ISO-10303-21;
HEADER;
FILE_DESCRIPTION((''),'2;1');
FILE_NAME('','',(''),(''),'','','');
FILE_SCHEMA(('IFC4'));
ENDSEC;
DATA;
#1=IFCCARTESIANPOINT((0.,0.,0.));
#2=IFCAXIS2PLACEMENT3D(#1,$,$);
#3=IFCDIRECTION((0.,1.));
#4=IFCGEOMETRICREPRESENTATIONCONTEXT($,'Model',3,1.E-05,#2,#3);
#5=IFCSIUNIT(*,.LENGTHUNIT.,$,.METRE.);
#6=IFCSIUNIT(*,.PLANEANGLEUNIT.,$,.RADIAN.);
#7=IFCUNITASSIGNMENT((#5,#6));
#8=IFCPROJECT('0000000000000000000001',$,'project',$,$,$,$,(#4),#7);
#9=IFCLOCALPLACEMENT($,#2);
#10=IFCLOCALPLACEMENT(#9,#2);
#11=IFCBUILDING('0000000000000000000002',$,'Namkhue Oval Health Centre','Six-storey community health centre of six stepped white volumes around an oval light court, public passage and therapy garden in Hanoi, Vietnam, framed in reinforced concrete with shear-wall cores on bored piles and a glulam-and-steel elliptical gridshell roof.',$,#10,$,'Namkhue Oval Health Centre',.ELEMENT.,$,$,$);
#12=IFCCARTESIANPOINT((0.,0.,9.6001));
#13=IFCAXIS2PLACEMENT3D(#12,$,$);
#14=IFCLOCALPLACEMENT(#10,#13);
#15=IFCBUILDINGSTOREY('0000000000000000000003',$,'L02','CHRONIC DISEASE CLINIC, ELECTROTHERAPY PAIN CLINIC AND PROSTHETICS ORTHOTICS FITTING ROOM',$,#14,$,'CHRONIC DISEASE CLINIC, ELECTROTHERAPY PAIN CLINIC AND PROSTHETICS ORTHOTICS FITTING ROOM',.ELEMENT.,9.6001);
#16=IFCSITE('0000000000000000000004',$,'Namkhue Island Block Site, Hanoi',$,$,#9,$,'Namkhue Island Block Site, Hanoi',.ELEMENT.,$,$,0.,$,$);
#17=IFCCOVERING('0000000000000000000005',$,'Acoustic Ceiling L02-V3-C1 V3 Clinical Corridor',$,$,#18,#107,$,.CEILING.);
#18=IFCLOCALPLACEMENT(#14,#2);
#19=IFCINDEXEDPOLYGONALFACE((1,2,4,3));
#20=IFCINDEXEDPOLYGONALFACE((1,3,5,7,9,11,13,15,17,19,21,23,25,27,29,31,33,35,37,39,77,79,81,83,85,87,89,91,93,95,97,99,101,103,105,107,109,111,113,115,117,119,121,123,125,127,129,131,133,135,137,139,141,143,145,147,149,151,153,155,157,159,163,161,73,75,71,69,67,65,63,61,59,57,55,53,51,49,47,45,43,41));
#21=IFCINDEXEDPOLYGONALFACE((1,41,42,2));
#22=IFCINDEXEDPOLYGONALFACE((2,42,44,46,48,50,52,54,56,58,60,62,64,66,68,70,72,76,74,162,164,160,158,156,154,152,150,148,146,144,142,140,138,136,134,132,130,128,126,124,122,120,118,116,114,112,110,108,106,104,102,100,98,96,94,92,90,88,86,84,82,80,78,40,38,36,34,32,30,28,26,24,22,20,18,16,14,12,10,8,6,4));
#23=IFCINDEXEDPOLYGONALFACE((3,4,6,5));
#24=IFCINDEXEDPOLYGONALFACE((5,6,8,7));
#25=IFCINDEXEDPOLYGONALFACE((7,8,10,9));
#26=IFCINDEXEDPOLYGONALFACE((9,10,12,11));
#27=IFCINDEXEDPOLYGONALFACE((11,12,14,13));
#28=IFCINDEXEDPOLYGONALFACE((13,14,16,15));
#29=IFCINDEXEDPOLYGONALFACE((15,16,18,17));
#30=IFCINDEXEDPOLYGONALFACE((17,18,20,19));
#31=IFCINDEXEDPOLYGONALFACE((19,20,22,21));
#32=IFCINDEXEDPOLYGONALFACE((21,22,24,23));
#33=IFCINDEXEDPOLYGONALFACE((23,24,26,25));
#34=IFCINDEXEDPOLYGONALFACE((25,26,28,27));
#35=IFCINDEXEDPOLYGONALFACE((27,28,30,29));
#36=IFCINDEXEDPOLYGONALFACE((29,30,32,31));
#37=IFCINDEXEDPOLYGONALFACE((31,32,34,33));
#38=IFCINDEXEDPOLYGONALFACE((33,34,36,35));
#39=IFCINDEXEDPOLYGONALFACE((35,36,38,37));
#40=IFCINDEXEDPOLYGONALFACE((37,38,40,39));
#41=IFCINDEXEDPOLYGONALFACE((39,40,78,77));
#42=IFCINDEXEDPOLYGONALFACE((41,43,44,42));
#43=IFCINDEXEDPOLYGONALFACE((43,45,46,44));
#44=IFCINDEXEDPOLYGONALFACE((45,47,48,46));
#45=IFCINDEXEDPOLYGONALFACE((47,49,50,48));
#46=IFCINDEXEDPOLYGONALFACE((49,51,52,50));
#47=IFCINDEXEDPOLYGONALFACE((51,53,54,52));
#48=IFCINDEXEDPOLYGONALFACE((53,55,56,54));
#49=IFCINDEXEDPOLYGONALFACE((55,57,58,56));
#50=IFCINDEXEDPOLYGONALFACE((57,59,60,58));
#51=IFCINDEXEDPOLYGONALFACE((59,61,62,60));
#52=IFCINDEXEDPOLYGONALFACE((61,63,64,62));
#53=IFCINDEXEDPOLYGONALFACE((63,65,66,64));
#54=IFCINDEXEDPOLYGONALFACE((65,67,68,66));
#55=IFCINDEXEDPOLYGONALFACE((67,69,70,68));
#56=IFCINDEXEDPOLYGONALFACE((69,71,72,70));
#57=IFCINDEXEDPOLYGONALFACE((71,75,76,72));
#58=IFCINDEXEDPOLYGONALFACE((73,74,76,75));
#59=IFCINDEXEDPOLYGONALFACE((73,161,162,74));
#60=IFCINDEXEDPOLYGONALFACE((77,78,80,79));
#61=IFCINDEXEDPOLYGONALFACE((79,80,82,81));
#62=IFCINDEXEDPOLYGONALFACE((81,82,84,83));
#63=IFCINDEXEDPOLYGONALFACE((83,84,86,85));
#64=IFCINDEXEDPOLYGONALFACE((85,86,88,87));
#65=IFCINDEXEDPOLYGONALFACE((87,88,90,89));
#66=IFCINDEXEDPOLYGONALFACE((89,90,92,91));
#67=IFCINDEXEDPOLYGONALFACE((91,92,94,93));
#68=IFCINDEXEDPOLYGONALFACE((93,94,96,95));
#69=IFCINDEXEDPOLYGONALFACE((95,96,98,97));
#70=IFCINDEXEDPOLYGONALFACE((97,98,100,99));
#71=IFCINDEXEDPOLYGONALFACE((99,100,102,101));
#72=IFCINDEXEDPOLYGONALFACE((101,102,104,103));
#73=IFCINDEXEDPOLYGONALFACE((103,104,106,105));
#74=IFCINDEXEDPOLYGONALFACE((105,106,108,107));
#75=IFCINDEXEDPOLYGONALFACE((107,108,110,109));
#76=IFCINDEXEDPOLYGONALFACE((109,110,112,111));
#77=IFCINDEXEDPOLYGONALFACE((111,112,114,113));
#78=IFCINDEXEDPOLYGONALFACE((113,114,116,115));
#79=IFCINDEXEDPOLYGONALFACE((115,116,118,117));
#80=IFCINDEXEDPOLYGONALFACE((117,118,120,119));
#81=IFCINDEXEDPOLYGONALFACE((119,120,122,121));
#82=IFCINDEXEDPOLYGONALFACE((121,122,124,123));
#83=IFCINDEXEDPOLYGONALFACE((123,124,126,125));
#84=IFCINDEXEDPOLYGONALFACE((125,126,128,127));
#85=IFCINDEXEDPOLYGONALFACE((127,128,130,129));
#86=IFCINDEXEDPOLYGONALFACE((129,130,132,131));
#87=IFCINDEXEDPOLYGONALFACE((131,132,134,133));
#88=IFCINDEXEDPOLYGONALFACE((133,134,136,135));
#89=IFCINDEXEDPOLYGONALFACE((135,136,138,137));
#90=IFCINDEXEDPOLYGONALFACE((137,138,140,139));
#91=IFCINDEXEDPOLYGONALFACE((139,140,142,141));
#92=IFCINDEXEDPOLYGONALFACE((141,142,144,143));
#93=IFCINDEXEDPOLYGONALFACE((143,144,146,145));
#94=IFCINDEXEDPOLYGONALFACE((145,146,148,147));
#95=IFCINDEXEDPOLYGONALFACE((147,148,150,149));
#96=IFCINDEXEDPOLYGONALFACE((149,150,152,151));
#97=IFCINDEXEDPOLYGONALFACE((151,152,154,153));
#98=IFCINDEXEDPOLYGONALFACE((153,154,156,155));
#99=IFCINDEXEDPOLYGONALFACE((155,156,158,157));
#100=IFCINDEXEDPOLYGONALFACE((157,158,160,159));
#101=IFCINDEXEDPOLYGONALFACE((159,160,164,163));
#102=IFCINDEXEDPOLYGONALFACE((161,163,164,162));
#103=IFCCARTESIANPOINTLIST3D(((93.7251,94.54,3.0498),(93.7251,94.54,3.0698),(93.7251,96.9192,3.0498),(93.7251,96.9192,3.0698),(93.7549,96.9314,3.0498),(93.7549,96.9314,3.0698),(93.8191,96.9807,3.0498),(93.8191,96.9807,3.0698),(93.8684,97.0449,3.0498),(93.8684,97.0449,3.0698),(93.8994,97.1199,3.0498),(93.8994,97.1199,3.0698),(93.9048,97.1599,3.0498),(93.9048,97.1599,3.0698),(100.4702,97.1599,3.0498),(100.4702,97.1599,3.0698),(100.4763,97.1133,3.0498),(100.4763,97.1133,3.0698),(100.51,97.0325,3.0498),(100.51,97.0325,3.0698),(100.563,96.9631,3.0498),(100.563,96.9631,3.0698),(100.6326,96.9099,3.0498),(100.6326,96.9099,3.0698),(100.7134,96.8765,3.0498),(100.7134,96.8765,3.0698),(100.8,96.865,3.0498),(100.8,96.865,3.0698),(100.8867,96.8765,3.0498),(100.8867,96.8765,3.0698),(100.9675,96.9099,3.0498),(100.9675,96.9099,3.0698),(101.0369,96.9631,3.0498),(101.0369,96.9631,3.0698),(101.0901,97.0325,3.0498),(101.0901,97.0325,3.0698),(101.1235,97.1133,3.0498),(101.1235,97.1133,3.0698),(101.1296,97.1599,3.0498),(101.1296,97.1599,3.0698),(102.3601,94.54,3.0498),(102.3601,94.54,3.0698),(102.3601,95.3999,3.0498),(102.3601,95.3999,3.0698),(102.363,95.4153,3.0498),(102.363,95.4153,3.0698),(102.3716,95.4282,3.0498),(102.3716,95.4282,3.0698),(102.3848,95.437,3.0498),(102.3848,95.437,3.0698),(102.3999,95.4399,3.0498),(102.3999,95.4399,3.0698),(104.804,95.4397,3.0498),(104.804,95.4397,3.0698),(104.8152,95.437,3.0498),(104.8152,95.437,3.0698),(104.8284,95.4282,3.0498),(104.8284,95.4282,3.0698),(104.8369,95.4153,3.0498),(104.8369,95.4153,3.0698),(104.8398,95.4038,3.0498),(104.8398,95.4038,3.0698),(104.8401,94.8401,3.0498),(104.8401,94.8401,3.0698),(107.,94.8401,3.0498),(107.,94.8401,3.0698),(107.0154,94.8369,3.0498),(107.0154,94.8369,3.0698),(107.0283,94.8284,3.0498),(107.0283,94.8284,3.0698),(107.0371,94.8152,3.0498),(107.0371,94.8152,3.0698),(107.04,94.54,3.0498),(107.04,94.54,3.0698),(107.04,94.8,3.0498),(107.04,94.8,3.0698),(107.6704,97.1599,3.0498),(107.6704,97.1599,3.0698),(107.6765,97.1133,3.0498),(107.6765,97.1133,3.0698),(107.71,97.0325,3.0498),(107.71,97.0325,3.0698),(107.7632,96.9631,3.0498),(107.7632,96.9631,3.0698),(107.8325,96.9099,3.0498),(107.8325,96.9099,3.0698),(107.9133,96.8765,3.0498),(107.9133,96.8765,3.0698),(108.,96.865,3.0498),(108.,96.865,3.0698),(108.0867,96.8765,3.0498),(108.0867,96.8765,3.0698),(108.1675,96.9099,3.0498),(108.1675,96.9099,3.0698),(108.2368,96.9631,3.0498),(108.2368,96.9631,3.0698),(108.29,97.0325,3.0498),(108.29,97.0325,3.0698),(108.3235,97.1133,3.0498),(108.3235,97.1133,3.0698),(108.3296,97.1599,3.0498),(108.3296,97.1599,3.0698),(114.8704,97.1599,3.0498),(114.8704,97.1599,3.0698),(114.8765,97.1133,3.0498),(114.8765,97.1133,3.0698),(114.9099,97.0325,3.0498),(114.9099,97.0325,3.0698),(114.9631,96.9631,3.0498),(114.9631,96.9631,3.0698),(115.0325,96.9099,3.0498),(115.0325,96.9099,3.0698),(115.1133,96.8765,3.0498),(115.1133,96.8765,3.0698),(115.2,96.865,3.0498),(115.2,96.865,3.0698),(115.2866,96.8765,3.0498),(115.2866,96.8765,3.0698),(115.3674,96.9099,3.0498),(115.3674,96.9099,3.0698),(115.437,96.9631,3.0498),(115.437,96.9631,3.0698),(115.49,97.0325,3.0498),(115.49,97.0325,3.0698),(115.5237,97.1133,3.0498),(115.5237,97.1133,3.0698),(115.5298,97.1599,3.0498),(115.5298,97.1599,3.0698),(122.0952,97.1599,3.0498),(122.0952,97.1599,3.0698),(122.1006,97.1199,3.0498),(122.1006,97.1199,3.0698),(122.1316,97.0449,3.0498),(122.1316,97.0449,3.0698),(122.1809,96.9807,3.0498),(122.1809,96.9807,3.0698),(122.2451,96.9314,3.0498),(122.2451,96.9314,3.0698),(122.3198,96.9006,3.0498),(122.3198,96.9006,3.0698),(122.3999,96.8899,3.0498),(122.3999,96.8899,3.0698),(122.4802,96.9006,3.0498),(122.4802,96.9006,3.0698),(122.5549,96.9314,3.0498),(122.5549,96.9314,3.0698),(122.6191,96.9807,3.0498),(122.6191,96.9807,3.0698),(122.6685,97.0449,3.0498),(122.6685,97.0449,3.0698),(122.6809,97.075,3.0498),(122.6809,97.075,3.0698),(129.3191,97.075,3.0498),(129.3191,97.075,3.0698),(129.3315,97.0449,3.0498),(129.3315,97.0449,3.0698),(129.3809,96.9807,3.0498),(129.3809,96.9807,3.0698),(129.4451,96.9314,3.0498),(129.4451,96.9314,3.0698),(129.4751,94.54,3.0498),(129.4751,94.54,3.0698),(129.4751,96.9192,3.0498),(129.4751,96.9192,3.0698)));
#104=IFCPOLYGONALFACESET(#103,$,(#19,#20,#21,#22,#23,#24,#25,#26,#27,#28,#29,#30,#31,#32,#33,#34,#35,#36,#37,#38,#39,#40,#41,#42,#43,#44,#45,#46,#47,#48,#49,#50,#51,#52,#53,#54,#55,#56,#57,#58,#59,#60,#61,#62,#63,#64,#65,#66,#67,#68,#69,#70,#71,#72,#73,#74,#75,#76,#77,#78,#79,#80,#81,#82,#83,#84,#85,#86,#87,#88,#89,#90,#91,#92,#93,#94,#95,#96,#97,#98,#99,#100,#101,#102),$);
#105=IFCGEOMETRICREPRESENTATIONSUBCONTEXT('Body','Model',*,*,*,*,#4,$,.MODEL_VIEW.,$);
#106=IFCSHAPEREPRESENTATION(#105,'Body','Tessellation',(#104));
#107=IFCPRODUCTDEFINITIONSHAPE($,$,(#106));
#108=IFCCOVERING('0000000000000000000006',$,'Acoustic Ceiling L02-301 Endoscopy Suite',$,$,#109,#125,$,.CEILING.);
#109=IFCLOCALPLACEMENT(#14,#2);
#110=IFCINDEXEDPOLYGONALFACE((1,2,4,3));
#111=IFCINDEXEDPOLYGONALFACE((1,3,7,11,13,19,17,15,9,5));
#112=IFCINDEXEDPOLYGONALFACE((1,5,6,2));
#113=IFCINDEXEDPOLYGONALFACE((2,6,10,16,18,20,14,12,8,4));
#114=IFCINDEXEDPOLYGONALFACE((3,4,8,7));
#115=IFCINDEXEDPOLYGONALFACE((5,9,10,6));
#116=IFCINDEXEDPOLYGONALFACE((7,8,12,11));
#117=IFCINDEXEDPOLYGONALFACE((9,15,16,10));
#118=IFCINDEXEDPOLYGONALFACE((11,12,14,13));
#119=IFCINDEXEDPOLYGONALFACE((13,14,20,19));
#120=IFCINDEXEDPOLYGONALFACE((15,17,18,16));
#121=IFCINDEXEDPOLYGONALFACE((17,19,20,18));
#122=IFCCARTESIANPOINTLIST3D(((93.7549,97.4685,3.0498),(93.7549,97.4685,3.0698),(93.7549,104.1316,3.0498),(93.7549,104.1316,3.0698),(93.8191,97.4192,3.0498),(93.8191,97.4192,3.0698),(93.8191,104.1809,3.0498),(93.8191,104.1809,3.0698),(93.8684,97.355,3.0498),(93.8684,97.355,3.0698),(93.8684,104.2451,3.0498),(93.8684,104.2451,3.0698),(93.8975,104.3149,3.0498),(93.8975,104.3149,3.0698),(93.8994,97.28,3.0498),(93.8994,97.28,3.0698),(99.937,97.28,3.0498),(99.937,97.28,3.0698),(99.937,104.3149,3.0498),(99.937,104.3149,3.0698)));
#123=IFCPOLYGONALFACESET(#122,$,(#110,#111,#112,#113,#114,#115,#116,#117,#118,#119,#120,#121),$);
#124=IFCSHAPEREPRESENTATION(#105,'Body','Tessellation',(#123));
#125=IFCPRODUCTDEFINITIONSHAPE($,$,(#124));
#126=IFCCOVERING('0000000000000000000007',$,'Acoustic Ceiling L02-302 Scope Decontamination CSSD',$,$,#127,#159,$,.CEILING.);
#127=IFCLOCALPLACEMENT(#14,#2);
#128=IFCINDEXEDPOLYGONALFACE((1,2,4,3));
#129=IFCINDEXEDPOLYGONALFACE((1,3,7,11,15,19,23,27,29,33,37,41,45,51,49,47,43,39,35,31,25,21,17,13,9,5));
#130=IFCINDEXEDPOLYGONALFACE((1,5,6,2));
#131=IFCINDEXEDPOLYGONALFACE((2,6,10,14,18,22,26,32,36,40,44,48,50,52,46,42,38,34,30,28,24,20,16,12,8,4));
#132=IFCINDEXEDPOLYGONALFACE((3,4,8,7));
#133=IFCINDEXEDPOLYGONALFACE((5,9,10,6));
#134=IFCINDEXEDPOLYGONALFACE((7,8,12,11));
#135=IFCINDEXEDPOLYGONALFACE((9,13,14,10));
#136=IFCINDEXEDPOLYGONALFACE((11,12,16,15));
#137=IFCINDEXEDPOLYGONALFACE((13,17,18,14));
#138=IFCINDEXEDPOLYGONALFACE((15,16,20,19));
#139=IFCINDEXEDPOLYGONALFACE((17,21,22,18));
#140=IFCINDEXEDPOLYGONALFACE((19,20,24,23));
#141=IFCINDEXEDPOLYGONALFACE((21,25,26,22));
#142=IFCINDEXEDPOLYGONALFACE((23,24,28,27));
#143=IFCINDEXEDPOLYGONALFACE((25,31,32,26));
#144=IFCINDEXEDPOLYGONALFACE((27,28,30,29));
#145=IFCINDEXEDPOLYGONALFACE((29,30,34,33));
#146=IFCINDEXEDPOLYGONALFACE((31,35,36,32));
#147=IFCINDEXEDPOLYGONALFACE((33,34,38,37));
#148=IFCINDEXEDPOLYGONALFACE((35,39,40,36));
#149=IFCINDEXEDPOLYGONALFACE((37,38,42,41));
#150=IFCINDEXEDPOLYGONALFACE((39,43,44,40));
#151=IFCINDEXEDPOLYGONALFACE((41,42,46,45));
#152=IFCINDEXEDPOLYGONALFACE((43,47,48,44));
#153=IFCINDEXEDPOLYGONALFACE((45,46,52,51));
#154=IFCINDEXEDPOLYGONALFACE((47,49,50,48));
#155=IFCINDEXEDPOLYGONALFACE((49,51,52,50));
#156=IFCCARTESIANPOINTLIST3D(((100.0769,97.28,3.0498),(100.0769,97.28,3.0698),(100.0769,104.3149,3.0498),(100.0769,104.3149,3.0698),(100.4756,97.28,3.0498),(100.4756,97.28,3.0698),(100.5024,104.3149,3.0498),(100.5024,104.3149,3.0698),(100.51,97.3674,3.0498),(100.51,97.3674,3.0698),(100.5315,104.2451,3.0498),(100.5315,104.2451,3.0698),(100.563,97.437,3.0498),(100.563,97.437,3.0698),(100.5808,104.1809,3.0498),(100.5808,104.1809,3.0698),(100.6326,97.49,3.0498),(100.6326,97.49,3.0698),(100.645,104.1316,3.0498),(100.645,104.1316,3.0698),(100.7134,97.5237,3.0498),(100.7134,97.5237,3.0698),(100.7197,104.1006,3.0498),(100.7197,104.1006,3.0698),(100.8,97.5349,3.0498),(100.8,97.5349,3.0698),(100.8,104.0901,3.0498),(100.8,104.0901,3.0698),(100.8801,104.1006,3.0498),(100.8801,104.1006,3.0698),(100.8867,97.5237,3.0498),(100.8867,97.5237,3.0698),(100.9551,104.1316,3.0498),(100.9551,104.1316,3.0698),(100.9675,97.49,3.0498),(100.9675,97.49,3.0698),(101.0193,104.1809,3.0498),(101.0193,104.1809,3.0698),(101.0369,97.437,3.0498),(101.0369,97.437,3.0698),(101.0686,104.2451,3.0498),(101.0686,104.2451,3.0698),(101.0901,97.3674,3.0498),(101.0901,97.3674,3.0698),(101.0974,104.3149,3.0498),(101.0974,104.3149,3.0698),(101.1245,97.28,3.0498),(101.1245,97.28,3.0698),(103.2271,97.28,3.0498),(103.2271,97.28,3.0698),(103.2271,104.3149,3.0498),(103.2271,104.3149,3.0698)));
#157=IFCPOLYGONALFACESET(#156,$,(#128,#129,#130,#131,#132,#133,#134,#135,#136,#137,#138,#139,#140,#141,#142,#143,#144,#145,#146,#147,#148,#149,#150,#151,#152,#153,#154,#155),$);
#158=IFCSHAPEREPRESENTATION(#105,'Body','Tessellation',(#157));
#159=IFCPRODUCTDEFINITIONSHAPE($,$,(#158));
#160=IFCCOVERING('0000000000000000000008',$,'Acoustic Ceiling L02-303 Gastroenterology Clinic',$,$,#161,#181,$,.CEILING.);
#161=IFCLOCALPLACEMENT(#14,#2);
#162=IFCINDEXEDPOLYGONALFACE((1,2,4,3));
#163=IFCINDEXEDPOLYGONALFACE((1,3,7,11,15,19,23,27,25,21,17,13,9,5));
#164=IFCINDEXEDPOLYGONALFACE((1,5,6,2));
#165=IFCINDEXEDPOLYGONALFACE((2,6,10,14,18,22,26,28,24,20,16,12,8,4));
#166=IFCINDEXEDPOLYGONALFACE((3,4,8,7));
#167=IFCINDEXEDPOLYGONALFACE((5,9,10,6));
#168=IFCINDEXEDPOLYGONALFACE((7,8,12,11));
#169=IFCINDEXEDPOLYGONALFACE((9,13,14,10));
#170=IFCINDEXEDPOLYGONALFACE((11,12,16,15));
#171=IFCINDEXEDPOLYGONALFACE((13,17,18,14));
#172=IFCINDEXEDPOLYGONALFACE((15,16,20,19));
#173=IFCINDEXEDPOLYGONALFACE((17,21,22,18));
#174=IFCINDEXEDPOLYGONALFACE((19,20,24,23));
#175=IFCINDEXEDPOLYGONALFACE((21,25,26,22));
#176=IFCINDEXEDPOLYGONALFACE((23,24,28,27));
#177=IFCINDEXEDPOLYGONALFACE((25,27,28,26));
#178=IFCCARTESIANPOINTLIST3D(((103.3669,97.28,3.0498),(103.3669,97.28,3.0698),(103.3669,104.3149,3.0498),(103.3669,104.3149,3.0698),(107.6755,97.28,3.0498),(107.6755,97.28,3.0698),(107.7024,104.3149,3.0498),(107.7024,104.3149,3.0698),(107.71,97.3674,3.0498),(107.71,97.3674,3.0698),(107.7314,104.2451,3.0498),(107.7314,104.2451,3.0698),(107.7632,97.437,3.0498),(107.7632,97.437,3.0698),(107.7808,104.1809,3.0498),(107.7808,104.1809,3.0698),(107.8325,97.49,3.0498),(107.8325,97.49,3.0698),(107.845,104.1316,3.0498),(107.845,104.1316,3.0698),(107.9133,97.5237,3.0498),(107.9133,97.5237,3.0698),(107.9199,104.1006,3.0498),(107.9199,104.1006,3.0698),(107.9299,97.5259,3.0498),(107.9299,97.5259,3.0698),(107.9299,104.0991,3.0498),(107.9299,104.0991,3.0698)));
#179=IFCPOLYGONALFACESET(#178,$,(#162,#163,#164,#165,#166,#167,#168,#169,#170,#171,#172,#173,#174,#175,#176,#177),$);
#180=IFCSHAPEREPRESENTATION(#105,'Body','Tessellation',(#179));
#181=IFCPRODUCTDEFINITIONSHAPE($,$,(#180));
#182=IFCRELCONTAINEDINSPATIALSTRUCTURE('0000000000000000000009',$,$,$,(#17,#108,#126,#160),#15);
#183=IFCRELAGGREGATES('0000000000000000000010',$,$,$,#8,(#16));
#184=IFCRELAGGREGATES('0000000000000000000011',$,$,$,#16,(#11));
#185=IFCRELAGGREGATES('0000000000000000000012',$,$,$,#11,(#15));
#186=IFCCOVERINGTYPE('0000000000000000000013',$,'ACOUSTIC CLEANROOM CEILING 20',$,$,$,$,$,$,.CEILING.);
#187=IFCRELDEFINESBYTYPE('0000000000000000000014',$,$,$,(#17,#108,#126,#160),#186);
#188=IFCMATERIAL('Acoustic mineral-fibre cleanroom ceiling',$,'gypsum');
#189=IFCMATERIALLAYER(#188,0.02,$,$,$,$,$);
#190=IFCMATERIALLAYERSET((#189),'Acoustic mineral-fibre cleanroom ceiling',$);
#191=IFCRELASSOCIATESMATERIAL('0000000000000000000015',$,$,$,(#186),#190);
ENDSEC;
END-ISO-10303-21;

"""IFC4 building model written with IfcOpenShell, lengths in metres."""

from ifc_helpers import new_model, si_unit, direction, frame, origin, place, context, subcontext, project, spatial, polyline, outline, extrude, material, layer, layer_set, type_object, element, save


model = new_model("IFC4")

# Units and contexts
model_context = context("Model", 3, precision=1e-05, world=origin(), true_north=direction((0.0, 1.0)))
body_context = subcontext(model_context, "Body", "Model", "MODEL_VIEW")
ifc_project = project(units=[si_unit("LENGTHUNIT", "METRE"), si_unit("PLANEANGLEUNIT", "RADIAN")], contexts=[model_context])

# Site, building, storey
site_placement = place(None, origin())
site = spatial("IfcSite", under=ifc_project, at=site_placement, Name="Namkhue Island Block Site, Hanoi", LongName="Namkhue Island Block Site, Hanoi", CompositionType="ELEMENT", RefElevation=0.0)
building_placement = place(site_placement, origin())
building = spatial("IfcBuilding", under=site, at=building_placement, Name="Namkhue Oval Health Centre", Description="Six-storey community health centre of six stepped white volumes around an oval light court, public passage and therapy garden in Hanoi, Vietnam, framed in reinforced concrete with shear-wall cores on bored piles and a glulam-and-steel elliptical gridshell roof.", LongName="Namkhue Oval Health Centre", CompositionType="ELEMENT")
storey_placement = place(building_placement, frame((0.0, 0.0, 9.6001)))
storey = spatial("IfcBuildingStorey", under=building, at=storey_placement, Name="L02", Description="CHRONIC DISEASE CLINIC, ELECTROTHERAPY PAIN CLINIC AND PROSTHETICS ORTHOTICS FITTING ROOM", LongName="CHRONIC DISEASE CLINIC, ELECTROTHERAPY PAIN CLINIC AND PROSTHETICS ORTHOTICS FITTING ROOM", CompositionType="ELEMENT", Elevation=9.6001)

# Coverings
ifc_material = material(Name="Acoustic mineral-fibre cleanroom ceiling", Category="gypsum")
ifc_layer = layer(ifc_material, 0.02)
ifc_layer_set = layer_set([ifc_layer], Name="Acoustic mineral-fibre cleanroom ceiling")
covering_type = type_object("IfcCoveringType", Name="ACOUSTIC CLEANROOM CEILING 20", PredefinedType="CEILING", material=ifc_layer_set)
covering_1_placement = place(storey_placement, frame((0.0, 0.0, 3.0498)))
element("IfcCovering", 1, at=covering_1_placement, inside=storey, type_object=covering_type, Name="Acoustic Ceiling L02-V3-C1 V3 Clinical Corridor", PredefinedType="CEILING", context=body_context, shape_type="SweptSolid", body=[
    extrude(outline(polyline([(107.04, 94.8), (107.0371, 94.8152), (107.0283, 94.8284), (107.0154, 94.8369), (107.0, 94.8401), (104.8401, 94.8401), (104.8398, 95.4038), (104.8369, 95.4153), (104.8284, 95.4282), (104.8152, 95.437), (104.804, 95.4397), (102.3999, 95.4399), (102.3848, 95.437), (102.3716, 95.4282), (102.363, 95.4153), (102.3601, 95.3999), (102.3601, 94.54), (93.7251, 94.54), (93.7251, 96.9192), (93.7549, 96.9314), (93.8191, 96.9807), (93.8684, 97.0449), (93.8994, 97.1199), (93.9048, 97.1599), (100.4702, 97.1599), (100.4763, 97.1133), (100.51, 97.0325), (100.563, 96.9631), (100.6326, 96.9099), (100.7134, 96.8765), (100.8, 96.865), (100.8867, 96.8765), (100.9675, 96.9099), (101.0369, 96.9631), (101.0901, 97.0325), (101.1235, 97.1133), (101.1296, 97.1599), (107.6704, 97.1599), (107.6765, 97.1133), (107.71, 97.0325), (107.7632, 96.9631), (107.8325, 96.9099), (107.9133, 96.8765), (108.0, 96.865), (108.0867, 96.8765), (108.1675, 96.9099), (108.2368, 96.9631), (108.29, 97.0325), (108.3235, 97.1133), (108.3296, 97.1599), (114.8704, 97.1599), (114.8765, 97.1133), (114.9099, 97.0325), (114.9631, 96.9631), (115.0325, 96.9099), (115.1133, 96.8765), (115.2, 96.865), (115.2866, 96.8765), (115.3674, 96.9099), (115.437, 96.9631), (115.49, 97.0325), (115.5237, 97.1133), (115.5298, 97.1599), (122.0952, 97.1599), (122.1006, 97.1199), (122.1316, 97.0449), (122.1809, 96.9807), (122.2451, 96.9314), (122.3198, 96.9006), (122.3999, 96.8899), (122.4802, 96.9006), (122.5549, 96.9314), (122.6191, 96.9807), (122.6685, 97.0449), (122.6809, 97.075), (129.3191, 97.075), (129.3315, 97.0449), (129.3809, 96.9807), (129.4451, 96.9314), (129.4751, 96.9192), (129.4751, 94.54), (107.04, 94.54), (107.04, 94.8)])), origin(), (0.0, 0.0, 1.0), 0.02),
])
covering_2_placement = place(storey_placement, frame((0.0, 0.0, 3.0498)))
element("IfcCovering", 2, at=covering_2_placement, inside=storey, type_object=covering_type, Name="Acoustic Ceiling L02-301 Endoscopy Suite", PredefinedType="CEILING", context=body_context, shape_type="SweptSolid", body=[
    extrude(outline(polyline([(93.8994, 97.28), (93.8684, 97.355), (93.8191, 97.4192), (93.7549, 97.4685), (93.7549, 104.1316), (93.8191, 104.1809), (93.8684, 104.2451), (93.8975, 104.3149), (99.937, 104.3149), (99.937, 97.28), (93.8994, 97.28)])), origin(), (0.0, 0.0, 1.0), 0.02),
])
covering_3_placement = place(storey_placement, frame((0.0, 0.0, 3.0498)))
element("IfcCovering", 3, at=covering_3_placement, inside=storey, type_object=covering_type, Name="Acoustic Ceiling L02-302 Scope Decontamination CSSD", PredefinedType="CEILING", context=body_context, shape_type="SweptSolid", body=[
    extrude(outline(polyline([(101.1245, 97.28), (101.0901, 97.3674), (101.0369, 97.437), (100.9675, 97.49), (100.8867, 97.5237), (100.8, 97.5349), (100.7134, 97.5237), (100.6326, 97.49), (100.563, 97.437), (100.51, 97.3674), (100.4756, 97.28), (100.0769, 97.28), (100.0769, 104.3149), (100.5024, 104.3149), (100.5315, 104.2451), (100.5808, 104.1809), (100.645, 104.1316), (100.7197, 104.1006), (100.8, 104.0901), (100.8801, 104.1006), (100.9551, 104.1316), (101.0193, 104.1809), (101.0686, 104.2451), (101.0974, 104.3149), (103.2271, 104.3149), (103.2271, 97.28), (101.1245, 97.28)])), origin(), (0.0, 0.0, 1.0), 0.02),
])
covering_4_placement = place(storey_placement, frame((0.0, 0.0, 3.0498)))
element("IfcCovering", 4, at=covering_4_placement, inside=storey, type_object=covering_type, Name="Acoustic Ceiling L02-303 Gastroenterology Clinic", PredefinedType="CEILING", context=body_context, shape_type="SweptSolid", body=[
    extrude(outline(polyline([(103.3669, 97.28), (103.3669, 104.3149), (107.7024, 104.3149), (107.7314, 104.2451), (107.7808, 104.1809), (107.845, 104.1316), (107.9199, 104.1006), (107.9299, 104.0991), (107.9299, 97.5259), (107.9133, 97.5237), (107.8325, 97.49), (107.7632, 97.437), (107.71, 97.3674), (107.6755, 97.28), (103.3669, 97.28)])), origin(), (0.0, 0.0, 1.0), 0.02),
])

save(model, "model.ifc")
